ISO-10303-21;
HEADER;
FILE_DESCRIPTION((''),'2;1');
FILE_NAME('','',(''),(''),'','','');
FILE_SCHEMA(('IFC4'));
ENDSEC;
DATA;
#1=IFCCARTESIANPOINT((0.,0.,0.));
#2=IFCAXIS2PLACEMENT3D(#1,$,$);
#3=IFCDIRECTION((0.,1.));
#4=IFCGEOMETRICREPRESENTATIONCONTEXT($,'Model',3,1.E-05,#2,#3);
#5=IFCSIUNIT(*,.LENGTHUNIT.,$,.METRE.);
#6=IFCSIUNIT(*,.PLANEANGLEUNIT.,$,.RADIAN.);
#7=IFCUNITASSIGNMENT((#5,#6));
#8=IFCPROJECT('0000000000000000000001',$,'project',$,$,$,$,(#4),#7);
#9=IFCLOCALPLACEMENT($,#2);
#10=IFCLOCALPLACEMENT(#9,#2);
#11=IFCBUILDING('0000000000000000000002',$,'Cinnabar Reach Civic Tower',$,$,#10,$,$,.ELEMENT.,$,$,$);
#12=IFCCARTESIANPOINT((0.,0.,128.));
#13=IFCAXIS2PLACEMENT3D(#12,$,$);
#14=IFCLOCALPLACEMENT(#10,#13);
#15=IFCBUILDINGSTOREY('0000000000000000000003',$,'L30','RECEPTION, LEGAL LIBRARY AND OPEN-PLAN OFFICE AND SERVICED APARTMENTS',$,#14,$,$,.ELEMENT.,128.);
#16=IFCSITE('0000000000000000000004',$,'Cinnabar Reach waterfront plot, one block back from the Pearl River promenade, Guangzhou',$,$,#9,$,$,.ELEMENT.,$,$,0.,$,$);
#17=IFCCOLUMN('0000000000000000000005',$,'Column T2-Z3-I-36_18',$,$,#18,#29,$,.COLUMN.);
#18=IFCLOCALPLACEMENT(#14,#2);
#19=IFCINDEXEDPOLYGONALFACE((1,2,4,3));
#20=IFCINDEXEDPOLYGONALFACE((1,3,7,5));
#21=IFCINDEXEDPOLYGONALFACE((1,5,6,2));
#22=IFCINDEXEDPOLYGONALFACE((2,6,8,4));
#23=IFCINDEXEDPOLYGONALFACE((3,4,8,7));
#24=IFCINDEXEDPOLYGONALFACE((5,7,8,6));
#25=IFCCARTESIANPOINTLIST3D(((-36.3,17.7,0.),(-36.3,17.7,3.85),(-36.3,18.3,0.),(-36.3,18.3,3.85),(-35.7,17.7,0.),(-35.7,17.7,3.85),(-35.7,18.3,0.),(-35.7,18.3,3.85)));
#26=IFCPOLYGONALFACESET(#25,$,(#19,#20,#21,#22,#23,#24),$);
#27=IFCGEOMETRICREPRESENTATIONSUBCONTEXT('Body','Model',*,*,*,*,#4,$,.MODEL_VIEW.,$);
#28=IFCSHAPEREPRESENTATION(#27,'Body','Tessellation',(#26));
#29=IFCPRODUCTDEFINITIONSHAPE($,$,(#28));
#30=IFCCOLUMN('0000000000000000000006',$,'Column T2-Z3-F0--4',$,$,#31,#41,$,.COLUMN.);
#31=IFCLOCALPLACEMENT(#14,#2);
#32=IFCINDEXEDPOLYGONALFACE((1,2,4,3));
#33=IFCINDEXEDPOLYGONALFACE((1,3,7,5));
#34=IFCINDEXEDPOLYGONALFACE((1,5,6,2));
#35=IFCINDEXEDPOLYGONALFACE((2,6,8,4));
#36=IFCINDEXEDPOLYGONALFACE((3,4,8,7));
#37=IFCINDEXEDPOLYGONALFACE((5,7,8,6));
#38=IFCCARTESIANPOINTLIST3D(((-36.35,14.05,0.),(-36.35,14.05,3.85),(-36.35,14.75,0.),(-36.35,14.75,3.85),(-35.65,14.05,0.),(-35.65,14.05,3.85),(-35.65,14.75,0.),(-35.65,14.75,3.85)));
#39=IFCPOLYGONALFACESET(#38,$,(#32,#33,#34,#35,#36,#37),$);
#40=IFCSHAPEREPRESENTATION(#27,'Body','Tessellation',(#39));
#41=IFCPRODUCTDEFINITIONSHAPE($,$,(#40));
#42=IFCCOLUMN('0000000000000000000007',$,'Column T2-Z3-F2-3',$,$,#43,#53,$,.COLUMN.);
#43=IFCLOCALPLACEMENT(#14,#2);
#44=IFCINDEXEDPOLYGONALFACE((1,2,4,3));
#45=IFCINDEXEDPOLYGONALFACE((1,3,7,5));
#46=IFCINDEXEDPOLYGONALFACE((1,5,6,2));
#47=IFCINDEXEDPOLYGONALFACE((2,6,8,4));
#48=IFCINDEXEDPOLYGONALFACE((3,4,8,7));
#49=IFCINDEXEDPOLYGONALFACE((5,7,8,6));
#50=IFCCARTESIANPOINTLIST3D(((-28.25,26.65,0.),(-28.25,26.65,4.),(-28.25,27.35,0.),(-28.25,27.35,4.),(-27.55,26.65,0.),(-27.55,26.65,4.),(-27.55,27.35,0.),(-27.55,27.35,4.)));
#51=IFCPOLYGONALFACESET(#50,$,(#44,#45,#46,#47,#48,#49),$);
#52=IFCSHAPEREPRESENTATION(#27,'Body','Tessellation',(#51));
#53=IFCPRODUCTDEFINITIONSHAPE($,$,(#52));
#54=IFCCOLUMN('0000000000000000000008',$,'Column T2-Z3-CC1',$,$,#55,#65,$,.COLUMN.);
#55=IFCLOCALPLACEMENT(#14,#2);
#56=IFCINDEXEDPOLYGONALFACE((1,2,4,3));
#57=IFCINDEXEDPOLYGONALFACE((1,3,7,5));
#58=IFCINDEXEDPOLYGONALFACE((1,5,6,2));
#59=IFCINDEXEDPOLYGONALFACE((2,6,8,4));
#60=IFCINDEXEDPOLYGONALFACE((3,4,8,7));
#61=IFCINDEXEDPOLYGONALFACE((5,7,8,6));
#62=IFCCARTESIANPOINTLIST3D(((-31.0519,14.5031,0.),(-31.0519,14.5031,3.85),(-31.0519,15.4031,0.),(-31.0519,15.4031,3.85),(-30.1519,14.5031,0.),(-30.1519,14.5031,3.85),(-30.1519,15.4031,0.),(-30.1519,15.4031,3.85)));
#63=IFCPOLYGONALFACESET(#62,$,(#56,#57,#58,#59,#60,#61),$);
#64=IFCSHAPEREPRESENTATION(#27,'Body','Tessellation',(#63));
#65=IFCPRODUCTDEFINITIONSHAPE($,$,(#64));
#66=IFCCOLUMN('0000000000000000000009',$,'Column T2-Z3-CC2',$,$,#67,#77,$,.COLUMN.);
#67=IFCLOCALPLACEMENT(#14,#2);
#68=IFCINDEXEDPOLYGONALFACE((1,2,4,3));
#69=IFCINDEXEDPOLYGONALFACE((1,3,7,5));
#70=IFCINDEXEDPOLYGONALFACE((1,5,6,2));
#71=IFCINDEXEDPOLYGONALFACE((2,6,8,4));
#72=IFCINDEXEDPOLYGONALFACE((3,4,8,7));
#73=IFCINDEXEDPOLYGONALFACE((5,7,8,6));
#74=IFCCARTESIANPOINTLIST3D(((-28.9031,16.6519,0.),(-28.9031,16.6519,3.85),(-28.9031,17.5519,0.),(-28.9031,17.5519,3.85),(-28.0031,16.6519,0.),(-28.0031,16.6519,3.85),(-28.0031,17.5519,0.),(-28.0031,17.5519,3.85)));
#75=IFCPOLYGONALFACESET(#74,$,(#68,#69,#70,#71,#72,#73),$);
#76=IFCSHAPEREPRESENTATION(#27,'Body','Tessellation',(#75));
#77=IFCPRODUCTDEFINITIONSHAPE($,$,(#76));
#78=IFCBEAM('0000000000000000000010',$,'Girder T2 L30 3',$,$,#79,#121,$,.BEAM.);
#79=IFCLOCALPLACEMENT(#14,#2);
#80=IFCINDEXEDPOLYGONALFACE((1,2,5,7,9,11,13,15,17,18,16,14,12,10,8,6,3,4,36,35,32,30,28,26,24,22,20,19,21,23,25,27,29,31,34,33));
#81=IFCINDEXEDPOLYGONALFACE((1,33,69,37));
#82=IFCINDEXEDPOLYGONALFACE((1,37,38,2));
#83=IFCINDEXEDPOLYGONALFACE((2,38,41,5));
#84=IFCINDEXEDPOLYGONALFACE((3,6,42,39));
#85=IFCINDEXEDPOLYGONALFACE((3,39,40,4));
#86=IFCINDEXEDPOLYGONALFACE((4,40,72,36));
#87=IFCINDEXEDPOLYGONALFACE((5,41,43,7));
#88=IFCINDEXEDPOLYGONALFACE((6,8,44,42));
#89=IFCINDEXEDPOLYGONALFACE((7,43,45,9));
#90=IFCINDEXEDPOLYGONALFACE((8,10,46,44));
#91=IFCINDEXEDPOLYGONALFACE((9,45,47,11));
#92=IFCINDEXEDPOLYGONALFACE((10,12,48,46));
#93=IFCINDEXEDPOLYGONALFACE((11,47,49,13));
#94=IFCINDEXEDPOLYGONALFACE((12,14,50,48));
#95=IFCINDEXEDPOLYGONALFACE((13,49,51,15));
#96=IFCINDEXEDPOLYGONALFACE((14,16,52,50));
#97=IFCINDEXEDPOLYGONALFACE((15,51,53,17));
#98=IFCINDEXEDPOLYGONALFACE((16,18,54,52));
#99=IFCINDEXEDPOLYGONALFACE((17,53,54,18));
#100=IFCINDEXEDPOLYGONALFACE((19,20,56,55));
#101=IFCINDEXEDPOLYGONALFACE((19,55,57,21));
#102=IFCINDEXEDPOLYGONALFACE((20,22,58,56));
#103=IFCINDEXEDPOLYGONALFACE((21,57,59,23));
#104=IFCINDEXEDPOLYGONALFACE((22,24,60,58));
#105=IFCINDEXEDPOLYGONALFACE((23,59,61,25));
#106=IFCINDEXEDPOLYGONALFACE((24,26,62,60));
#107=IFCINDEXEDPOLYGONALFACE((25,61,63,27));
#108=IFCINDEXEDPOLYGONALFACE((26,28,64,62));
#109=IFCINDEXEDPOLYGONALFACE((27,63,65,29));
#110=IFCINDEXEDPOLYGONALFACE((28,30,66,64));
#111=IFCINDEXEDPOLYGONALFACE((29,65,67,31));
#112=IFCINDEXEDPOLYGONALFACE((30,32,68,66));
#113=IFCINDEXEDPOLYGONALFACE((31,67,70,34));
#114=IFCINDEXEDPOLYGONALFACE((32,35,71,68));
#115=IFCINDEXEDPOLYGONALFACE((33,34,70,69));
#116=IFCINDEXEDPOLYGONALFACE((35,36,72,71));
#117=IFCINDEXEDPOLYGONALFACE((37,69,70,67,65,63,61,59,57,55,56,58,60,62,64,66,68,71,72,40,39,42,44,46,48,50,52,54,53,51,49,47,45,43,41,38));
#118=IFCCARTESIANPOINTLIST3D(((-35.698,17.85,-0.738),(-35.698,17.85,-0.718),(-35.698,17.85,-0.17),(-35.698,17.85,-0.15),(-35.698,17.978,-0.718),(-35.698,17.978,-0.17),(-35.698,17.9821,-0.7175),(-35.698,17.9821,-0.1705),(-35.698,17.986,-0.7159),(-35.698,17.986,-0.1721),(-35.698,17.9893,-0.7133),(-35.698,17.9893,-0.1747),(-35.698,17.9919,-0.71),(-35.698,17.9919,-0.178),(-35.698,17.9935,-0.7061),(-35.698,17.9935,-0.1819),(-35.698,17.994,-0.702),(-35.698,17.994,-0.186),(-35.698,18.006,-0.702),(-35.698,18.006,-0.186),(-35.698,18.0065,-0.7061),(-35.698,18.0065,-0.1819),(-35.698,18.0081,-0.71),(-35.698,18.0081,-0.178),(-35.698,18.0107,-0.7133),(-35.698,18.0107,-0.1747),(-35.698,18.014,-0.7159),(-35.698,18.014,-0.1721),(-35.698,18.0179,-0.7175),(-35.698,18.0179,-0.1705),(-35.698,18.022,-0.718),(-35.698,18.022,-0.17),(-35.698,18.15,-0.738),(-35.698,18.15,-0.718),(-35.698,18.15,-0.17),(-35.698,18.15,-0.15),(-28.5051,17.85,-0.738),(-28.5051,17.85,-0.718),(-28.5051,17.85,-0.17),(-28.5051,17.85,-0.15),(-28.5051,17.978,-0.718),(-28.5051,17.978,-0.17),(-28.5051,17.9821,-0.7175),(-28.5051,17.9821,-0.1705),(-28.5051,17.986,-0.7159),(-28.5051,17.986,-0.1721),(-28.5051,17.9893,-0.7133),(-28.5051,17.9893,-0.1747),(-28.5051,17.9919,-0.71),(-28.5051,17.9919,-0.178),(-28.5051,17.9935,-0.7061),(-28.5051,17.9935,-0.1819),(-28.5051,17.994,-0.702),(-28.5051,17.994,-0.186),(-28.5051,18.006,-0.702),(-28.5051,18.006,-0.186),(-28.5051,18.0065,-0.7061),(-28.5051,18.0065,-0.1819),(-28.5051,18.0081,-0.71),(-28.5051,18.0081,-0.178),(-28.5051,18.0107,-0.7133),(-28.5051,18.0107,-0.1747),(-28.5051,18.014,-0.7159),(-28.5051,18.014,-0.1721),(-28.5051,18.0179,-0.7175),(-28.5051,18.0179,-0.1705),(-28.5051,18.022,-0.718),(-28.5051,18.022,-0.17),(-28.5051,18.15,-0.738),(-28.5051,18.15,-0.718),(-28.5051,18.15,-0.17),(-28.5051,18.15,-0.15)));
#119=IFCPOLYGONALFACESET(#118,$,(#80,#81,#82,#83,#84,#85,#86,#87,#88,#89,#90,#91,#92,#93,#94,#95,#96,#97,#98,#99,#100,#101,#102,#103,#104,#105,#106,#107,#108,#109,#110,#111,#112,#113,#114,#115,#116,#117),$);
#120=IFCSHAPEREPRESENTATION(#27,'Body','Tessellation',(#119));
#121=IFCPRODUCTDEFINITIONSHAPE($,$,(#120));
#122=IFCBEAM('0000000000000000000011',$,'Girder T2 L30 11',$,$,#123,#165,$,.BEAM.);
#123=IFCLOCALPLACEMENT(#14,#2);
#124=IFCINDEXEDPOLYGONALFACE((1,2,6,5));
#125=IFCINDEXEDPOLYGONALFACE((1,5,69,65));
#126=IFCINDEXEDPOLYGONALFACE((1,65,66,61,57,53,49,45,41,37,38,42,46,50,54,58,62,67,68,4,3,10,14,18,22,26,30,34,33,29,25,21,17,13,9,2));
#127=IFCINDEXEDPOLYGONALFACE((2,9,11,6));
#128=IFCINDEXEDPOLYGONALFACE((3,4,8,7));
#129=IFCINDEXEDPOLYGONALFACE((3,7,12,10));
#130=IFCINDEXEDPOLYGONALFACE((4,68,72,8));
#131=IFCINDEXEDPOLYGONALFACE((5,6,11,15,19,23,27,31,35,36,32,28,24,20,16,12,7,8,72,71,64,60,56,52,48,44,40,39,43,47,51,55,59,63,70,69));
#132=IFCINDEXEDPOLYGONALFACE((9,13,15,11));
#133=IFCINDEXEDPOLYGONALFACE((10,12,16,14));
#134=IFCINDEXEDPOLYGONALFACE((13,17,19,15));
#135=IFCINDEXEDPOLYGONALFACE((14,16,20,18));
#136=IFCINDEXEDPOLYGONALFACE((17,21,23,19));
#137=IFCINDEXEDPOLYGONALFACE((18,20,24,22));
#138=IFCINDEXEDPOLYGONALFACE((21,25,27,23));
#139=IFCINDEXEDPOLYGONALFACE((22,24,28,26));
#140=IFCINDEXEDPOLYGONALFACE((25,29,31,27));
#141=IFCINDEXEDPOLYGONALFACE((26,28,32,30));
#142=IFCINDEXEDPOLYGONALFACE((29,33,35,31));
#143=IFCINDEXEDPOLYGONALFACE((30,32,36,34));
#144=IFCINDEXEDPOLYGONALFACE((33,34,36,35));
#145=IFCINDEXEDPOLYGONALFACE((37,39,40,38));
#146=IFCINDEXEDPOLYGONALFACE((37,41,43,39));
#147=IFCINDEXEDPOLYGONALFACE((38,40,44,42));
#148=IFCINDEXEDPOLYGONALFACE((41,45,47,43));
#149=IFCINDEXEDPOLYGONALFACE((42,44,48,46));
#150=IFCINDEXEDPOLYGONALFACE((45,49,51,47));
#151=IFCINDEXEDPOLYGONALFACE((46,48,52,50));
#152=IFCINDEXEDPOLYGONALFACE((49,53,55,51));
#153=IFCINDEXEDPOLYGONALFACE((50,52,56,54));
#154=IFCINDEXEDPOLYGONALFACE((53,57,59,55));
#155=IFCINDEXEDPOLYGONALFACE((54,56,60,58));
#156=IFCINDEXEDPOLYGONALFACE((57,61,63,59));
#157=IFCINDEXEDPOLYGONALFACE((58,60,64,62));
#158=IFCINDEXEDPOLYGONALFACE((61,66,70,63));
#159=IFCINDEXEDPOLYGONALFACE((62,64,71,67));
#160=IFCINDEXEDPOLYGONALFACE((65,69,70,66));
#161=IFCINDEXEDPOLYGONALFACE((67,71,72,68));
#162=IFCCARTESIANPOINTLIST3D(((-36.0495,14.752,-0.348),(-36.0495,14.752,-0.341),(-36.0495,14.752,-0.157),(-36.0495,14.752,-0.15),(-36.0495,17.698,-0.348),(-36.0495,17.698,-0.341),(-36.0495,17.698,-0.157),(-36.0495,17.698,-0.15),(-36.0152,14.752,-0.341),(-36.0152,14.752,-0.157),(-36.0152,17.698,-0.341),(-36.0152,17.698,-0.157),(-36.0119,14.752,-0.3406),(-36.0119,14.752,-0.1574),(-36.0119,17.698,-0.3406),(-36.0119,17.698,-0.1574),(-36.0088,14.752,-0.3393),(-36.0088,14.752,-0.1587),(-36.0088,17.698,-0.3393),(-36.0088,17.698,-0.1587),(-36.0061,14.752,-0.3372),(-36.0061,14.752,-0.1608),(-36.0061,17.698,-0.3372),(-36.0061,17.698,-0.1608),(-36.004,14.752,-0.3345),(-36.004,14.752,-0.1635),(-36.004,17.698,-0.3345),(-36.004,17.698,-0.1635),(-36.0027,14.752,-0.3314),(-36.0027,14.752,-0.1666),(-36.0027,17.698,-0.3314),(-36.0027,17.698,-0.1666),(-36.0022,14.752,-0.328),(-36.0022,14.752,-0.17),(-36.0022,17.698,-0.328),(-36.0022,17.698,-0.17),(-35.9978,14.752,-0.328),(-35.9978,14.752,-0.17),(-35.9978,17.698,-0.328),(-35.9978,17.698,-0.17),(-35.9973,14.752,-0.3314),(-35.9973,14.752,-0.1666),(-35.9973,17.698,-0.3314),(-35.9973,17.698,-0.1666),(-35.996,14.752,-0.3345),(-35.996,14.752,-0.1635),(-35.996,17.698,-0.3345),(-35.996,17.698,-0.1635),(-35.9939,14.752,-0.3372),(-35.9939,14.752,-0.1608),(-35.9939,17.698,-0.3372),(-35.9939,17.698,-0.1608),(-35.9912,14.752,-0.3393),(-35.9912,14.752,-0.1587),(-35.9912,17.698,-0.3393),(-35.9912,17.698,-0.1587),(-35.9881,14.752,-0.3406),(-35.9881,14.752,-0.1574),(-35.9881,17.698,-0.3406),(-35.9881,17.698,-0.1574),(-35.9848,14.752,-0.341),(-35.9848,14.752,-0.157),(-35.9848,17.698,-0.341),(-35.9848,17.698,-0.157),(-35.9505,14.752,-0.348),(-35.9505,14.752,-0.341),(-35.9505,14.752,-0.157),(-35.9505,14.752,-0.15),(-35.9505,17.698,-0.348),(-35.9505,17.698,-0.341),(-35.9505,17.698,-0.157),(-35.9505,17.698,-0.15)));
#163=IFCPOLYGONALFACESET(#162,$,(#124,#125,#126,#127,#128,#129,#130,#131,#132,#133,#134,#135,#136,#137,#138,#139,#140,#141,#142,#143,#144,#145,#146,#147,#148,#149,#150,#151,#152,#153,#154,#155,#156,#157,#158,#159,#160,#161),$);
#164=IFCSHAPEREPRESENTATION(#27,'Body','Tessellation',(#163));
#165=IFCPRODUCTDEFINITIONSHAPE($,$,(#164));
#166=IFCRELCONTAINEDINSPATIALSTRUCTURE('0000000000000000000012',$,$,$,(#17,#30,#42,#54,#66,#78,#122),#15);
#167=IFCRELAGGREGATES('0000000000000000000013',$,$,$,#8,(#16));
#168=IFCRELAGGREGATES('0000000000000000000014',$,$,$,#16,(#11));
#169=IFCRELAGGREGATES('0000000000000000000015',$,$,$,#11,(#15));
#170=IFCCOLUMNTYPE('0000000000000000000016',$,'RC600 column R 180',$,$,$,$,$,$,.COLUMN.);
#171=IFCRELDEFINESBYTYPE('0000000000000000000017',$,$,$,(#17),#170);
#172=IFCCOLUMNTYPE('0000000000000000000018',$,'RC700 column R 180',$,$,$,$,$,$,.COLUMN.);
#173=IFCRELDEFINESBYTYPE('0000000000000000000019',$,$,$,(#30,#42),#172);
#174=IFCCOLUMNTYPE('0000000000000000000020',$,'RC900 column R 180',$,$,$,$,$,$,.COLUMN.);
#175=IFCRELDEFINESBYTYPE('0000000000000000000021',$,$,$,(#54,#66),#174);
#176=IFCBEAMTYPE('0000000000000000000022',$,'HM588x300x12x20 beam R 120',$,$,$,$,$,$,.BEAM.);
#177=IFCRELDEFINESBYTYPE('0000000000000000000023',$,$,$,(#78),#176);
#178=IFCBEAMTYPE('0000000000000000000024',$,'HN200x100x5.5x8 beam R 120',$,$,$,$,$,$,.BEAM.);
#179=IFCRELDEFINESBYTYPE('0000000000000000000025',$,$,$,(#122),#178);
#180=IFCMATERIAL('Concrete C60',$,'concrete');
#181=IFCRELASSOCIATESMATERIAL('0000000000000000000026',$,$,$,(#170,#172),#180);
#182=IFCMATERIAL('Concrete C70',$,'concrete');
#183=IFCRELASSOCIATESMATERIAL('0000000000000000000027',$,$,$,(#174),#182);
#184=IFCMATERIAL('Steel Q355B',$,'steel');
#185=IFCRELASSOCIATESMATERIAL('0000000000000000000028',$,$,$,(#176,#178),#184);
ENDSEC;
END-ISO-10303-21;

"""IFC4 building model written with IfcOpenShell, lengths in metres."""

from ifc_helpers import new_model, si_unit, direction, frame, origin, origin_2d, place, context, subcontext, project, spatial, rectangle, i_section, extrude, material, material_profile, profile_set, type_object, element, save


model = new_model("IFC4")

# Units and contexts
model_context = context("Model", 3, precision=1e-05, world=origin(), true_north=direction((0.0, 1.0)))
body_context = subcontext(model_context, "Body", "Model", "MODEL_VIEW")
ifc_project = project(units=[si_unit("LENGTHUNIT", "METRE"), si_unit("PLANEANGLEUNIT", "RADIAN")], contexts=[model_context])

# Site, building, storey
site_placement = place(None, origin())
site = spatial("IfcSite", under=ifc_project, at=site_placement, Name="Cinnabar Reach waterfront plot, one block back from the Pearl River promenade, Guangzhou", CompositionType="ELEMENT", RefElevation=0.0)
building_placement = place(site_placement, origin())
building = spatial("IfcBuilding", under=site, at=building_placement, Name="Cinnabar Reach Civic Tower", CompositionType="ELEMENT")
storey_placement = place(building_placement, frame((0.0, 0.0, 128.0)))
storey = spatial("IfcBuildingStorey", under=building, at=storey_placement, Name="L30", Description="RECEPTION, LEGAL LIBRARY AND OPEN-PLAN OFFICE AND SERVICED APARTMENTS", CompositionType="ELEMENT", Elevation=128.0)

# Columns
ifc_material_1 = material(Name="Concrete C60", Category="concrete")
ifc_material_profile_1 = material_profile(ifc_material_1, rectangle(XDim=0.6, YDim=0.6, at=origin_2d()), Name="RC600")
ifc_profile_set_1 = profile_set([ifc_material_profile_1], Name="Concrete C60")
column_type_1 = type_object("IfcColumnType", Name="RC600 column R 180", PredefinedType="COLUMN", material=ifc_profile_set_1)
column_1_placement = place(storey_placement, frame((-36.0, 18.0, 0.0), z_axis=(0.0, 0.0, 1.0), x_axis=(1.0, 0.0, 0.0)))
element("IfcColumn", 1, at=column_1_placement, inside=storey, type_object=column_type_1, Name="Column T2-Z3-I-36_18", PredefinedType="COLUMN", context=body_context, shape_type="SweptSolid", body=[
    extrude(rectangle(XDim=0.6, YDim=0.6, at=origin_2d()), origin(), (0.0, 0.0, 1.0), 3.85),
])
ifc_material_profile_2 = material_profile(ifc_material_1, rectangle(XDim=0.7, YDim=0.7, at=origin_2d()), Name="RC700")
ifc_profile_set_2 = profile_set([ifc_material_profile_2], Name="Concrete C60")
column_type_2 = type_object("IfcColumnType", Name="RC700 column R 180", PredefinedType="COLUMN", material=ifc_profile_set_2)
column_2_placement = place(storey_placement, frame((-36.0, 14.4, 0.0), z_axis=(0.0, 0.0, 1.0), x_axis=(1.0, 0.0, 0.0)))
element("IfcColumn", 2, at=column_2_placement, inside=storey, type_object=column_type_2, Name="Column T2-Z3-F0--4", PredefinedType="COLUMN", context=body_context, shape_type="SweptSolid", body=[
    extrude(rectangle(XDim=0.7, YDim=0.7, at=origin_2d()), origin(), (0.0, 0.0, 1.0), 3.85),
])
column_3_placement = place(storey_placement, frame((-27.9, 27.0, 0.0), z_axis=(0.0, 0.0, 1.0), x_axis=(1.0, 0.0, 0.0)))
element("IfcColumn", 3, at=column_3_placement, inside=storey, type_object=column_type_2, Name="Column T2-Z3-F2-3", PredefinedType="COLUMN", context=body_context, shape_type="SweptSolid", body=[
    extrude(rectangle(XDim=0.7, YDim=0.7, at=origin_2d()), origin(), (0.0, 0.0, 1.0), 4.0),
])
ifc_material_2 = material(Name="Concrete C70", Category="concrete")
ifc_material_profile_3 = material_profile(ifc_material_2, rectangle(XDim=0.9, YDim=0.9, at=origin_2d()), Name="RC900")
ifc_profile_set_3 = profile_set([ifc_material_profile_3], Name="Concrete C70")
column_type_3 = type_object("IfcColumnType", Name="RC900 column R 180", PredefinedType="COLUMN", material=ifc_profile_set_3)
for number, where, z_axis, x_axis, name in (
    (4, (-30.6019, 14.9531, 0.0), (0.0, 0.0, 1.0), (1.0, 0.0, 0.0), "Column T2-Z3-CC1"),
    (5, (-28.4531, 17.1019, 0.0), (0.0, 0.0, 1.0), (1.0, 0.0, 0.0), "Column T2-Z3-CC2"),
):
    element("IfcColumn", number, at=place(storey_placement, frame(where, z_axis=z_axis, x_axis=x_axis)), inside=storey, type_object=column_type_3, Name=name, PredefinedType="COLUMN", context=body_context, shape_type="SweptSolid", body=[
        extrude(rectangle(XDim=0.9, YDim=0.9, at=origin_2d()), origin(), (0.0, 0.0, 1.0), 3.85),
    ])

# Beams
ifc_material_3 = material(Name="Steel Q355B", Category="steel")
ifc_material_profile_4 = material_profile(ifc_material_3, i_section(OverallWidth=0.3, OverallDepth=0.588, WebThickness=0.012, FlangeThickness=0.02, FilletRadius=0.016, at=origin_2d()), Name="HM588x300x12x20")
ifc_profile_set_4 = profile_set([ifc_material_profile_4], Name="Steel Q355B")
beam_type_1 = type_object("IfcBeamType", Name="HM588x300x12x20 beam R 120", PredefinedType="BEAM", material=ifc_profile_set_4)
beam_1_placement = place(storey_placement, frame((-35.698, 18.0, -0.444), z_axis=(1.0, 0.0, 0.0), x_axis=(0.0, 1.0, 0.0)))
element("IfcBeam", 6, at=beam_1_placement, inside=storey, type_object=beam_type_1, Name="Girder T2 L30 3", PredefinedType="BEAM", context=body_context, shape_type="SweptSolid", body=[
    extrude(i_section(OverallWidth=0.3, OverallDepth=0.588, WebThickness=0.012, FlangeThickness=0.02, FilletRadius=0.016, at=origin_2d()), origin(), (0.0, 0.0, 1.0), 7.1929),
])
ifc_material_profile_5 = material_profile(ifc_material_3, i_section(OverallWidth=0.099, OverallDepth=0.198, WebThickness=0.0045, FlangeThickness=0.007, FilletRadius=0.013, at=origin_2d()), Name="HN200x100x5.5x8")
ifc_profile_set_5 = profile_set([ifc_material_profile_5], Name="Steel Q355B")
beam_type_2 = type_object("IfcBeamType", Name="HN200x100x5.5x8 beam R 120", PredefinedType="BEAM", material=ifc_profile_set_5)
beam_2_placement = place(storey_placement, frame((-36.0, 14.752, -0.249), z_axis=(0.0, 1.0, 0.0), x_axis=(-1.0, 0.0, 0.0)))
element("IfcBeam", 7, at=beam_2_placement, inside=storey, type_object=beam_type_2, Name="Girder T2 L30 11", PredefinedType="BEAM", context=body_context, shape_type="SweptSolid", body=[
    extrude(i_section(OverallWidth=0.099, OverallDepth=0.198, WebThickness=0.0045, FlangeThickness=0.007, FilletRadius=0.013, at=origin_2d()), origin(), (0.0, 0.0, 1.0), 2.946),
])

save(model, "model.ifc")
